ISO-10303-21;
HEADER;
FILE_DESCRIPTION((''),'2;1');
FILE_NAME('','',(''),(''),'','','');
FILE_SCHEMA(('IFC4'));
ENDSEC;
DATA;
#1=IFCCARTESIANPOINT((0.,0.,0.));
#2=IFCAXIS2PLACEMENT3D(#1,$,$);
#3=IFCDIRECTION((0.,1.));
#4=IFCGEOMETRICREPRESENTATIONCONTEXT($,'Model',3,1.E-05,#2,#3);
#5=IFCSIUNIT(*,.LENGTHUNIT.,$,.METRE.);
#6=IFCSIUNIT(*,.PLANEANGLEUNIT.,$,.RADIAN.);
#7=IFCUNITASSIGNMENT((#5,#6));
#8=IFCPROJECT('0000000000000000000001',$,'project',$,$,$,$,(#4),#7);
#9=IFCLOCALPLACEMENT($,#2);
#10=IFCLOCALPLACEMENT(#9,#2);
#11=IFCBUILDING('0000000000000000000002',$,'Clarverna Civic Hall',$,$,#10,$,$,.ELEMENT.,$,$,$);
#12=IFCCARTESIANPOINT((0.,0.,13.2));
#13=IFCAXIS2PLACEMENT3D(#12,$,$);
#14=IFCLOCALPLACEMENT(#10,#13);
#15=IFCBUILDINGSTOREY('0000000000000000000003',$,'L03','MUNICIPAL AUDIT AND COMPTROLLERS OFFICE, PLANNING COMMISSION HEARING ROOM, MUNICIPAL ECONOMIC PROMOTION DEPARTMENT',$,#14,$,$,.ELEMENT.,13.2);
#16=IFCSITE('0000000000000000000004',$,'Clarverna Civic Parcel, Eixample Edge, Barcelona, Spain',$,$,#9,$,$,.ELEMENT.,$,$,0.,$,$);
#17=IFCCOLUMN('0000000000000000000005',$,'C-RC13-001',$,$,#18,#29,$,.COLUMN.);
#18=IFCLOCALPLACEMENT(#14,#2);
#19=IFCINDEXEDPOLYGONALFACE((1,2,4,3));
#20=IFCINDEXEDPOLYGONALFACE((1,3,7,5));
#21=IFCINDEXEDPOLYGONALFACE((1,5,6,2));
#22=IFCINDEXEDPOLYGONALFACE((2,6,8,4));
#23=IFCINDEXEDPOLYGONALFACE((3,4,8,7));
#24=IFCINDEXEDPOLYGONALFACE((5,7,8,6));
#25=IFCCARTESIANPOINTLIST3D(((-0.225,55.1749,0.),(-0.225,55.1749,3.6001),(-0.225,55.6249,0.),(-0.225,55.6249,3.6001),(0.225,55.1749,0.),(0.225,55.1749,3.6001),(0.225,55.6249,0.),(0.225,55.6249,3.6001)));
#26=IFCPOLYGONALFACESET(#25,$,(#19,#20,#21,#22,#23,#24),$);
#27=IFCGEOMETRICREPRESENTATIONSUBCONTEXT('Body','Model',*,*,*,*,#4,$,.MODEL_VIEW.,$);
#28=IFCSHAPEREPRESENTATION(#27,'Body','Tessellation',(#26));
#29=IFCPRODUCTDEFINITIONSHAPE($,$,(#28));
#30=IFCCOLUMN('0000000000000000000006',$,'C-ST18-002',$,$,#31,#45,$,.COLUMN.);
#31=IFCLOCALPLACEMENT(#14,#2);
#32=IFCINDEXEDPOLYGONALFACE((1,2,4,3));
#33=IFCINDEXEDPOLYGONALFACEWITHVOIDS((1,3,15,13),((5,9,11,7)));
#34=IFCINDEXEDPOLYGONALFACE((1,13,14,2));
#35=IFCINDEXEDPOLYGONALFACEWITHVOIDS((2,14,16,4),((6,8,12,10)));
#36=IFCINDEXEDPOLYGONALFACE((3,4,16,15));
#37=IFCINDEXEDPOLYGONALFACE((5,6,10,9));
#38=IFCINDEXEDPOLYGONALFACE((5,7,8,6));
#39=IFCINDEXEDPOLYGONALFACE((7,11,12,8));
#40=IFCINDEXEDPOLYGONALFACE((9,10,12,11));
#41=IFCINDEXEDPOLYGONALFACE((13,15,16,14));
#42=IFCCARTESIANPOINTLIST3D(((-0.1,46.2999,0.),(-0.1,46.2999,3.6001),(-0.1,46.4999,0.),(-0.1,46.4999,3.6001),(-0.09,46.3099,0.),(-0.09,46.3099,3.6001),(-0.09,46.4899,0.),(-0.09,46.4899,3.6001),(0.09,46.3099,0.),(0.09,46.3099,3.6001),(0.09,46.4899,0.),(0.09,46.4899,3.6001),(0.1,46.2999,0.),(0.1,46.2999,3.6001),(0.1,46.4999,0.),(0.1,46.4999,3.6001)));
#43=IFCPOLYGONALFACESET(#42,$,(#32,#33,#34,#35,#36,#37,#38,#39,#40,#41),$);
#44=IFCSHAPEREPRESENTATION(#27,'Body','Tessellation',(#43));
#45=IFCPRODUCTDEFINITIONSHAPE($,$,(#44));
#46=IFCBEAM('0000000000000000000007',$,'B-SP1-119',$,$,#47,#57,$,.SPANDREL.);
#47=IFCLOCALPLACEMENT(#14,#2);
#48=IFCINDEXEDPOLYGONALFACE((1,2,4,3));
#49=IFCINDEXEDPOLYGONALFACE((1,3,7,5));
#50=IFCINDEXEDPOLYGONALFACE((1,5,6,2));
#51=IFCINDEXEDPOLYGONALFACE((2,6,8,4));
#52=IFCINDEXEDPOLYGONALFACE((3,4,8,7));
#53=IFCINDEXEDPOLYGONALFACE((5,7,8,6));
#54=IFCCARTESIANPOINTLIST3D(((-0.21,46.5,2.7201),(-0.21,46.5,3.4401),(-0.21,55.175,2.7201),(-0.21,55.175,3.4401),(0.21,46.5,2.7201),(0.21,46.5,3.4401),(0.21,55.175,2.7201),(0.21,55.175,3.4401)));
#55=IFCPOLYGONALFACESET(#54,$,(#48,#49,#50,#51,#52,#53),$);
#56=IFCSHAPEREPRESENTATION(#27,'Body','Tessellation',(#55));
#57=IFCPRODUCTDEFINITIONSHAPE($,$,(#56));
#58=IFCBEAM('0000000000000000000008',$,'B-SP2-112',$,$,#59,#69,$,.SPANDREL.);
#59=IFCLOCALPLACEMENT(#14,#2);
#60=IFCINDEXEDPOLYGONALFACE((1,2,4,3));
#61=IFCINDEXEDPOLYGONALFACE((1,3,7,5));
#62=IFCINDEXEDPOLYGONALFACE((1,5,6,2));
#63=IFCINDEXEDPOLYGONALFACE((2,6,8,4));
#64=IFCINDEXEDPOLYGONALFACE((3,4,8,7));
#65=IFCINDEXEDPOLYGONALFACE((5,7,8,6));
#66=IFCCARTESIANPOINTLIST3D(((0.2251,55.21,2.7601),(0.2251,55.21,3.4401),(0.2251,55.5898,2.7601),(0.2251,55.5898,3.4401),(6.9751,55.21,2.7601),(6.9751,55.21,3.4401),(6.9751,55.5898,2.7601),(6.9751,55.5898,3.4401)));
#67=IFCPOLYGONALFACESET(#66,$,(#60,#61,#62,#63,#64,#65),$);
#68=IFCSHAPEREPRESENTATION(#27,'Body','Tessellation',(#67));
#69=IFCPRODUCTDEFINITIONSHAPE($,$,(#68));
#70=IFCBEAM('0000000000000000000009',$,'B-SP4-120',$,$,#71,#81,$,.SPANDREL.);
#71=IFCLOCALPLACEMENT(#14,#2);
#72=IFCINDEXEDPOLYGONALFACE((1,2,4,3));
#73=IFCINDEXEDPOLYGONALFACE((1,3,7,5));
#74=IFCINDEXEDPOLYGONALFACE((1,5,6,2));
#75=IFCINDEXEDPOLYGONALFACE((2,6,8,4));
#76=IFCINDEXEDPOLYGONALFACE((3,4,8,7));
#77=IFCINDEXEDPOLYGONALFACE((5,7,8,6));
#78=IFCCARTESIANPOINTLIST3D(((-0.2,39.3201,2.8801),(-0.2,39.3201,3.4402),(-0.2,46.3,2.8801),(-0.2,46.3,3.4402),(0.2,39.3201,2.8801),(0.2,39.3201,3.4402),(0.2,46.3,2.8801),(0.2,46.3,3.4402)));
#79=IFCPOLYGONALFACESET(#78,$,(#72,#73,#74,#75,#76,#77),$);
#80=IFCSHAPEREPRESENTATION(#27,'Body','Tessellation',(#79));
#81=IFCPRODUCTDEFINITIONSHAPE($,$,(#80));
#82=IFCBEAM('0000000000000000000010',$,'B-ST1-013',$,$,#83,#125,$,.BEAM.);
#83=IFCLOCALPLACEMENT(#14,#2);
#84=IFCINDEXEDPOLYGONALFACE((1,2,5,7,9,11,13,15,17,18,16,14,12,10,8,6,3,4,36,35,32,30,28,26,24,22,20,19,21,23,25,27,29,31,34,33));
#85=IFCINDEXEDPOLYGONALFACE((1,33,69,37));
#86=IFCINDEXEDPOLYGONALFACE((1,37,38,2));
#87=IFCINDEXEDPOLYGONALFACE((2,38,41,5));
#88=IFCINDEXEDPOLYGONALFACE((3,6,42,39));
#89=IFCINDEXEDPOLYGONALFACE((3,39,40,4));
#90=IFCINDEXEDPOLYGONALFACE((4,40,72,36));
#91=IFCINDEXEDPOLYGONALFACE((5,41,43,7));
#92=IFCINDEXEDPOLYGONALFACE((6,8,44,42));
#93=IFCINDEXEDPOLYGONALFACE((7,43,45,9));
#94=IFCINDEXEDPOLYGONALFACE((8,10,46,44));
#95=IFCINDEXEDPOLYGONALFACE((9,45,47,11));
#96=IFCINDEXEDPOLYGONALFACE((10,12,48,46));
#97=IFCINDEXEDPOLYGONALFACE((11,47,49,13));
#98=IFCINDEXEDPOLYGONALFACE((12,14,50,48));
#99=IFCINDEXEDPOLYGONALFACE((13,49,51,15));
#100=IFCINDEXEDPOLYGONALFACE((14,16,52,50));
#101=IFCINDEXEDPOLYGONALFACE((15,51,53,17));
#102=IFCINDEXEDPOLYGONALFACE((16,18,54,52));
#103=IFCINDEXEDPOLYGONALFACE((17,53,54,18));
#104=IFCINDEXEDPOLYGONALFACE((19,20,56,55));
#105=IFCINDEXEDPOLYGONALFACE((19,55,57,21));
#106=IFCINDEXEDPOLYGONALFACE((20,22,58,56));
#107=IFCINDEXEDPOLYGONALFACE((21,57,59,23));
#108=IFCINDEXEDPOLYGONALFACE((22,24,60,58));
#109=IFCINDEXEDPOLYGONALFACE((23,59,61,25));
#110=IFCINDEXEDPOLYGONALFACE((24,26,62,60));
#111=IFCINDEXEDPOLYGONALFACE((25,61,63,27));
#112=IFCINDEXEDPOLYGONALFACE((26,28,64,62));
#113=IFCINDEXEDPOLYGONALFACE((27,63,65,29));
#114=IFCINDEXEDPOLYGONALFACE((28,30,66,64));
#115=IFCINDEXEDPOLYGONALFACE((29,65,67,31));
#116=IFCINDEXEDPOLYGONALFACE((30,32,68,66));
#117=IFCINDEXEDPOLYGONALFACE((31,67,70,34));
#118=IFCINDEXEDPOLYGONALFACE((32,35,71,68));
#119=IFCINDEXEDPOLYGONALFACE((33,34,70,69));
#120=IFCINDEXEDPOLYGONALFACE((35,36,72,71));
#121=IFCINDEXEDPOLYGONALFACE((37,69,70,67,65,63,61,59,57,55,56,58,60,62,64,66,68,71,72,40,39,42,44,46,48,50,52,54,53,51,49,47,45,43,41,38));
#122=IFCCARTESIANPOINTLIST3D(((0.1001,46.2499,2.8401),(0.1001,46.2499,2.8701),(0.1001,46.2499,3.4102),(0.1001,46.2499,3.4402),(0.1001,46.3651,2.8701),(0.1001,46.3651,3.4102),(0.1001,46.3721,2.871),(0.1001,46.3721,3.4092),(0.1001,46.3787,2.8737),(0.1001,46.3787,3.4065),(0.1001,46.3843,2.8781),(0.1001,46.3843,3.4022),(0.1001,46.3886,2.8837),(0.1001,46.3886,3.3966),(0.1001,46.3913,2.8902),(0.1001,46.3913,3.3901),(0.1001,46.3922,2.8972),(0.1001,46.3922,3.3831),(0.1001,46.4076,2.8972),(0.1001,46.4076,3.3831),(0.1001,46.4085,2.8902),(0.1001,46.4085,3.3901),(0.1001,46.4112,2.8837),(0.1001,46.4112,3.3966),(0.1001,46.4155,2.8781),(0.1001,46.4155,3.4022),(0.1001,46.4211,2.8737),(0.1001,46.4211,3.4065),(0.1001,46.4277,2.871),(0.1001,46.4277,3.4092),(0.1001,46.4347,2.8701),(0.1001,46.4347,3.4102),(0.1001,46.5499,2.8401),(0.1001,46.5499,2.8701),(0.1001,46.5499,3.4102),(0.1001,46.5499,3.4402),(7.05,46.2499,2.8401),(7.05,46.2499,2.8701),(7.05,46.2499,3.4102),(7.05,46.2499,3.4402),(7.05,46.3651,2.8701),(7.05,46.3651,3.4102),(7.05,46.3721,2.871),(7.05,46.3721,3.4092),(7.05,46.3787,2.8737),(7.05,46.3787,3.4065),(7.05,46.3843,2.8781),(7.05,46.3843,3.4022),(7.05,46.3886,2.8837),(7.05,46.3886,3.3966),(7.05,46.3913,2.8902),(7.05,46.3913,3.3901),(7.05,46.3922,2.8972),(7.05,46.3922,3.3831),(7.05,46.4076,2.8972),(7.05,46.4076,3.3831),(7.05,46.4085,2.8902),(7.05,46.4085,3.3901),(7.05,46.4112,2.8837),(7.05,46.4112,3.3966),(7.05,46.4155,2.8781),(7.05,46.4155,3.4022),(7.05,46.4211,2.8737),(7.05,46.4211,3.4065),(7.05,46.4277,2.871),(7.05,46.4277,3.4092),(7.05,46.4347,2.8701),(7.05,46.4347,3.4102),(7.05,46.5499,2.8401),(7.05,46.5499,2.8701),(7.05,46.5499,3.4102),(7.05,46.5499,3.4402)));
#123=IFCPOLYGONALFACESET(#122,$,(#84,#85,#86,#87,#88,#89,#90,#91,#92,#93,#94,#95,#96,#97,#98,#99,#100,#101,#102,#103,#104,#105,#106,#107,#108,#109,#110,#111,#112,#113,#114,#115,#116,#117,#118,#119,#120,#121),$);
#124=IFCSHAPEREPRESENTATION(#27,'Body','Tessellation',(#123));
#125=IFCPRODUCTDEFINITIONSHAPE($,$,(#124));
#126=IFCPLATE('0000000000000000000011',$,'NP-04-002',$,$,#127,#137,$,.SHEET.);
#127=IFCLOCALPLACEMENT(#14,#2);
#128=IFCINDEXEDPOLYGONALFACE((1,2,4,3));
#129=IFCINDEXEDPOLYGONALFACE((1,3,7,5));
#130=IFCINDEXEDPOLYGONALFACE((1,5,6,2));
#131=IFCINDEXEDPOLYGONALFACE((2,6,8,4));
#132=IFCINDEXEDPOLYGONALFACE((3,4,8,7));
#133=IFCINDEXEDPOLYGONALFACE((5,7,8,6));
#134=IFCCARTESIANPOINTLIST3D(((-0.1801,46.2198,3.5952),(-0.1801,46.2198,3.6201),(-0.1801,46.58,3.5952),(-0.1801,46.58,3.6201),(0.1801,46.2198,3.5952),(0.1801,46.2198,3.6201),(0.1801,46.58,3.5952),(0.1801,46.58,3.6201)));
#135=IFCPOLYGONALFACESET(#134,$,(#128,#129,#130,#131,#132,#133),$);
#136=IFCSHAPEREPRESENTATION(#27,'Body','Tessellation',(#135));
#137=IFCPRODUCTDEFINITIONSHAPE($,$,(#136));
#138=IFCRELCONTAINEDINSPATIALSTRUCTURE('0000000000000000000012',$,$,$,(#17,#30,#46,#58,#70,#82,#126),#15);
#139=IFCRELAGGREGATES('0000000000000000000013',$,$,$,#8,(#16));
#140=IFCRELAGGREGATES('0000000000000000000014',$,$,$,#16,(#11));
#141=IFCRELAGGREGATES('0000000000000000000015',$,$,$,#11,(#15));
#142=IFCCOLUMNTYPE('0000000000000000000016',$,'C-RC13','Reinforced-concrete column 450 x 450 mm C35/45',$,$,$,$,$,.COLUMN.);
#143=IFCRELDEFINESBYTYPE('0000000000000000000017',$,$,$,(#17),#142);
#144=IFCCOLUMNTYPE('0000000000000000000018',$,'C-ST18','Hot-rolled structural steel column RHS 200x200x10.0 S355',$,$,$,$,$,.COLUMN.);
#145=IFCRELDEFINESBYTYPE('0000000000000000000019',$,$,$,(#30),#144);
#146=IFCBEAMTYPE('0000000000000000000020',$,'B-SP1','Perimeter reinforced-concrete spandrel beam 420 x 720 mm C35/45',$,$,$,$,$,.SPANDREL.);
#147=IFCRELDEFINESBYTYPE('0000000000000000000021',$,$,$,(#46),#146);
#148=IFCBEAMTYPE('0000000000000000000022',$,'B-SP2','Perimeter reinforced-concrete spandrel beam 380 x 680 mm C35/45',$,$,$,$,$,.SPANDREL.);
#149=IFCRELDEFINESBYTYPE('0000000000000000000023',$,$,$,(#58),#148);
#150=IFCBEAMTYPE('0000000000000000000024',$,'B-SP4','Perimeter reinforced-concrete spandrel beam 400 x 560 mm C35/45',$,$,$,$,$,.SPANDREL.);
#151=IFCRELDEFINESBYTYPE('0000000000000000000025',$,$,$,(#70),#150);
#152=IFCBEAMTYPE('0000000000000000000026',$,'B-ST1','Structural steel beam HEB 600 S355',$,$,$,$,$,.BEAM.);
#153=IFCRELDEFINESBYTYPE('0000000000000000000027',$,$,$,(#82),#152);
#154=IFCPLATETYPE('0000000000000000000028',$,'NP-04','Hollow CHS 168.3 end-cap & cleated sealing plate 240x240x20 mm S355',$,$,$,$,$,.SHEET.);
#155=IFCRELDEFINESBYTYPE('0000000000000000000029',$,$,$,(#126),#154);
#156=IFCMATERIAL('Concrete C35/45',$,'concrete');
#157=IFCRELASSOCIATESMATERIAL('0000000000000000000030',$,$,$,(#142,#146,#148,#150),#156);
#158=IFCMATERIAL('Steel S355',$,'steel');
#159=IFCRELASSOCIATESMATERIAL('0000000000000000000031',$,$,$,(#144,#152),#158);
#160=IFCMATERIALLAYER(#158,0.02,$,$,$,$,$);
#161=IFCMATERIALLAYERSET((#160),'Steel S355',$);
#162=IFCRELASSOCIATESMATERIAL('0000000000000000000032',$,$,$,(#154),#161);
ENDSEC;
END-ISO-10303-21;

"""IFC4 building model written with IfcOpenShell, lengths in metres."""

from ifc_helpers import new_model, si_unit, direction, frame, origin, origin_2d, place, context, subcontext, project, spatial, rectangle, hollow_rectangle, i_section, extrude, material, layer, layer_set, material_profile, profile_set, type_object, element, save


model = new_model("IFC4")

# Units and contexts
model_context = context("Model", 3, precision=1e-05, world=origin(), true_north=direction((0.0, 1.0)))
body_context = subcontext(model_context, "Body", "Model", "MODEL_VIEW")
ifc_project = project(units=[si_unit("LENGTHUNIT", "METRE"), si_unit("PLANEANGLEUNIT", "RADIAN")], contexts=[model_context])

# Site, building, storey
site_placement = place(None, origin())
site = spatial("IfcSite", under=ifc_project, at=site_placement, Name="Clarverna Civic Parcel, Eixample Edge, Barcelona, Spain", CompositionType="ELEMENT", RefElevation=0.0)
building_placement = place(site_placement, origin())
building = spatial("IfcBuilding", under=site, at=building_placement, Name="Clarverna Civic Hall", CompositionType="ELEMENT")
storey_placement = place(building_placement, frame((0.0, 0.0, 13.2)))
storey = spatial("IfcBuildingStorey", under=building, at=storey_placement, Name="L03", Description="MUNICIPAL AUDIT AND COMPTROLLERS OFFICE, PLANNING COMMISSION HEARING ROOM, MUNICIPAL ECONOMIC PROMOTION DEPARTMENT", CompositionType="ELEMENT", Elevation=13.2)

# Columns
ifc_material_1 = material(Name="Concrete C35/45", Category="concrete")
ifc_material_profile_1 = material_profile(ifc_material_1, rectangle(XDim=0.45, YDim=0.45, at=origin_2d()), Name="RC 450x450")
ifc_profile_set_1 = profile_set([ifc_material_profile_1], Name="Concrete C35/45")
column_type_1 = type_object("IfcColumnType", Name="C-RC13", Description="Reinforced-concrete column 450 x 450 mm C35/45", PredefinedType="COLUMN", material=ifc_profile_set_1)
column_1_placement = place(storey_placement, frame((0.0, 55.3999, 0.0), z_axis=(0.0, 0.0, 1.0), x_axis=(1.0, 0.0, 0.0)))
element("IfcColumn", 1, at=column_1_placement, inside=storey, type_object=column_type_1, Name="C-RC13-001", PredefinedType="COLUMN", context=body_context, shape_type="SweptSolid", body=[
    extrude(rectangle(XDim=0.45, YDim=0.45, at=origin_2d()), origin(), (0.0, 0.0, 1.0), 3.6001),
])
ifc_material_2 = material(Name="Steel S355", Category="steel")
ifc_material_profile_2 = material_profile(ifc_material_2, hollow_rectangle(XDim=0.2, YDim=0.2, WallThickness=0.01, at=origin_2d()), Name="RHS 200x200x10.0")
ifc_profile_set_2 = profile_set([ifc_material_profile_2], Name="Steel S355")
column_type_2 = type_object("IfcColumnType", Name="C-ST18", Description="Hot-rolled structural steel column RHS 200x200x10.0 S355", PredefinedType="COLUMN", material=ifc_profile_set_2)
column_2_placement = place(storey_placement, frame((0.0, 46.3999, 0.0), z_axis=(0.0, 0.0, 1.0), x_axis=(1.0, 0.0, 0.0)))
element("IfcColumn", 2, at=column_2_placement, inside=storey, type_object=column_type_2, Name="C-ST18-002", PredefinedType="COLUMN", context=body_context, shape_type="SweptSolid", body=[
    extrude(hollow_rectangle(XDim=0.2, YDim=0.2, WallThickness=0.01, at=origin_2d()), origin(), (0.0, 0.0, 1.0), 3.6001),
])

# Beams
ifc_material_profile_3 = material_profile(ifc_material_1, rectangle(XDim=0.4199, YDim=0.72, at=origin_2d()), Name="RC 420x720")
ifc_profile_set_3 = profile_set([ifc_material_profile_3], Name="Concrete C35/45")
beam_type_1 = type_object("IfcBeamType", Name="B-SP1", Description="Perimeter reinforced-concrete spandrel beam 420 x 720 mm C35/45", PredefinedType="SPANDREL", material=ifc_profile_set_3)
beam_1_placement = place(storey_placement, frame((0.0, 46.5, 3.0801), z_axis=(0.0, 1.0, 0.0), x_axis=(-1.0, 0.0, 0.0)))
element("IfcBeam", 3, at=beam_1_placement, inside=storey, type_object=beam_type_1, Name="B-SP1-119", PredefinedType="SPANDREL", context=body_context, shape_type="SweptSolid", body=[
    extrude(rectangle(XDim=0.4199, YDim=0.72, at=origin_2d()), origin(), (0.0, 0.0, 1.0), 8.675),
])
ifc_material_profile_4 = material_profile(ifc_material_1, rectangle(XDim=0.3799, YDim=0.6799, at=origin_2d()), Name="RC 380x680")
ifc_profile_set_4 = profile_set([ifc_material_profile_4], Name="Concrete C35/45")
beam_type_2 = type_object("IfcBeamType", Name="B-SP2", Description="Perimeter reinforced-concrete spandrel beam 380 x 680 mm C35/45", PredefinedType="SPANDREL", material=ifc_profile_set_4)
beam_2_placement = place(storey_placement, frame((0.2251, 55.3999, 3.1001), z_axis=(1.0, 0.0, 0.0), x_axis=(0.0, 1.0, 0.0)))
element("IfcBeam", 4, at=beam_2_placement, inside=storey, type_object=beam_type_2, Name="B-SP2-112", PredefinedType="SPANDREL", context=body_context, shape_type="SweptSolid", body=[
    extrude(rectangle(XDim=0.3799, YDim=0.6799, at=origin_2d()), origin(), (0.0, 0.0, 1.0), 6.75),
])
ifc_material_profile_5 = material_profile(ifc_material_1, rectangle(XDim=0.3999, YDim=0.5601, at=origin_2d()), Name="RC 400x560")
ifc_profile_set_5 = profile_set([ifc_material_profile_5], Name="Concrete C35/45")
beam_type_3 = type_object("IfcBeamType", Name="B-SP4", Description="Perimeter reinforced-concrete spandrel beam 400 x 560 mm C35/45", PredefinedType="SPANDREL", material=ifc_profile_set_5)
beam_3_placement = place(storey_placement, frame((0.0, 39.3201, 3.1602), z_axis=(0.0, 1.0, 0.0), x_axis=(-1.0, 0.0, 0.0)))
element("IfcBeam", 5, at=beam_3_placement, inside=storey, type_object=beam_type_3, Name="B-SP4-120", PredefinedType="SPANDREL", context=body_context, shape_type="SweptSolid", body=[
    extrude(rectangle(XDim=0.3999, YDim=0.5601, at=origin_2d()), origin(), (0.0, 0.0, 1.0), 6.98),
])
ifc_material_profile_6 = material_profile(ifc_material_2, i_section(OverallWidth=0.3, OverallDepth=0.6001, WebThickness=0.0154, FlangeThickness=0.03, FilletRadius=0.0271, at=origin_2d()), Name="HEB 600")
ifc_profile_set_6 = profile_set([ifc_material_profile_6], Name="Steel S355")
beam_type_4 = type_object("IfcBeamType", Name="B-ST1", Description="Structural steel beam HEB 600 S355", PredefinedType="BEAM", material=ifc_profile_set_6)
beam_4_placement = place(storey_placement, frame((0.1001, 46.3999, 3.1401), z_axis=(1.0, 0.0, 0.0), x_axis=(0.0, 1.0, 0.0)))
element("IfcBeam", 6, at=beam_4_placement, inside=storey, type_object=beam_type_4, Name="B-ST1-013", PredefinedType="BEAM", context=body_context, shape_type="SweptSolid", body=[
    extrude(i_section(OverallWidth=0.3, OverallDepth=0.6001, WebThickness=0.0154, FlangeThickness=0.03, FilletRadius=0.0271, at=origin_2d()), origin(), (0.0, 0.0, 1.0), 6.95),
])

# Plate
ifc_layer_1 = layer(ifc_material_2, 0.02)
ifc_layer_set_1 = layer_set([ifc_layer_1], Name="Steel S355")
plate_type = type_object("IfcPlateType", Name="NP-04", Description="Hollow CHS 168.3 end-cap & cleated sealing plate 240x240x20 mm S355", PredefinedType="SHEET", material=ifc_layer_set_1)
plate_placement = place(storey_placement, frame((0.0, 46.3999, 3.5952), z_axis=(0.0, 0.0, 1.0), x_axis=(1.0, 0.0, 0.0)))
element("IfcPlate", 7, at=plate_placement, inside=storey, type_object=plate_type, Name="NP-04-002", PredefinedType="SHEET", context=body_context, shape_type="SweptSolid", body=[
    extrude(rectangle(XDim=0.3601, YDim=0.3601, at=origin_2d()), origin(), (0.0, 0.0, 1.0), 0.0249),
])

save(model, "model.ifc")
